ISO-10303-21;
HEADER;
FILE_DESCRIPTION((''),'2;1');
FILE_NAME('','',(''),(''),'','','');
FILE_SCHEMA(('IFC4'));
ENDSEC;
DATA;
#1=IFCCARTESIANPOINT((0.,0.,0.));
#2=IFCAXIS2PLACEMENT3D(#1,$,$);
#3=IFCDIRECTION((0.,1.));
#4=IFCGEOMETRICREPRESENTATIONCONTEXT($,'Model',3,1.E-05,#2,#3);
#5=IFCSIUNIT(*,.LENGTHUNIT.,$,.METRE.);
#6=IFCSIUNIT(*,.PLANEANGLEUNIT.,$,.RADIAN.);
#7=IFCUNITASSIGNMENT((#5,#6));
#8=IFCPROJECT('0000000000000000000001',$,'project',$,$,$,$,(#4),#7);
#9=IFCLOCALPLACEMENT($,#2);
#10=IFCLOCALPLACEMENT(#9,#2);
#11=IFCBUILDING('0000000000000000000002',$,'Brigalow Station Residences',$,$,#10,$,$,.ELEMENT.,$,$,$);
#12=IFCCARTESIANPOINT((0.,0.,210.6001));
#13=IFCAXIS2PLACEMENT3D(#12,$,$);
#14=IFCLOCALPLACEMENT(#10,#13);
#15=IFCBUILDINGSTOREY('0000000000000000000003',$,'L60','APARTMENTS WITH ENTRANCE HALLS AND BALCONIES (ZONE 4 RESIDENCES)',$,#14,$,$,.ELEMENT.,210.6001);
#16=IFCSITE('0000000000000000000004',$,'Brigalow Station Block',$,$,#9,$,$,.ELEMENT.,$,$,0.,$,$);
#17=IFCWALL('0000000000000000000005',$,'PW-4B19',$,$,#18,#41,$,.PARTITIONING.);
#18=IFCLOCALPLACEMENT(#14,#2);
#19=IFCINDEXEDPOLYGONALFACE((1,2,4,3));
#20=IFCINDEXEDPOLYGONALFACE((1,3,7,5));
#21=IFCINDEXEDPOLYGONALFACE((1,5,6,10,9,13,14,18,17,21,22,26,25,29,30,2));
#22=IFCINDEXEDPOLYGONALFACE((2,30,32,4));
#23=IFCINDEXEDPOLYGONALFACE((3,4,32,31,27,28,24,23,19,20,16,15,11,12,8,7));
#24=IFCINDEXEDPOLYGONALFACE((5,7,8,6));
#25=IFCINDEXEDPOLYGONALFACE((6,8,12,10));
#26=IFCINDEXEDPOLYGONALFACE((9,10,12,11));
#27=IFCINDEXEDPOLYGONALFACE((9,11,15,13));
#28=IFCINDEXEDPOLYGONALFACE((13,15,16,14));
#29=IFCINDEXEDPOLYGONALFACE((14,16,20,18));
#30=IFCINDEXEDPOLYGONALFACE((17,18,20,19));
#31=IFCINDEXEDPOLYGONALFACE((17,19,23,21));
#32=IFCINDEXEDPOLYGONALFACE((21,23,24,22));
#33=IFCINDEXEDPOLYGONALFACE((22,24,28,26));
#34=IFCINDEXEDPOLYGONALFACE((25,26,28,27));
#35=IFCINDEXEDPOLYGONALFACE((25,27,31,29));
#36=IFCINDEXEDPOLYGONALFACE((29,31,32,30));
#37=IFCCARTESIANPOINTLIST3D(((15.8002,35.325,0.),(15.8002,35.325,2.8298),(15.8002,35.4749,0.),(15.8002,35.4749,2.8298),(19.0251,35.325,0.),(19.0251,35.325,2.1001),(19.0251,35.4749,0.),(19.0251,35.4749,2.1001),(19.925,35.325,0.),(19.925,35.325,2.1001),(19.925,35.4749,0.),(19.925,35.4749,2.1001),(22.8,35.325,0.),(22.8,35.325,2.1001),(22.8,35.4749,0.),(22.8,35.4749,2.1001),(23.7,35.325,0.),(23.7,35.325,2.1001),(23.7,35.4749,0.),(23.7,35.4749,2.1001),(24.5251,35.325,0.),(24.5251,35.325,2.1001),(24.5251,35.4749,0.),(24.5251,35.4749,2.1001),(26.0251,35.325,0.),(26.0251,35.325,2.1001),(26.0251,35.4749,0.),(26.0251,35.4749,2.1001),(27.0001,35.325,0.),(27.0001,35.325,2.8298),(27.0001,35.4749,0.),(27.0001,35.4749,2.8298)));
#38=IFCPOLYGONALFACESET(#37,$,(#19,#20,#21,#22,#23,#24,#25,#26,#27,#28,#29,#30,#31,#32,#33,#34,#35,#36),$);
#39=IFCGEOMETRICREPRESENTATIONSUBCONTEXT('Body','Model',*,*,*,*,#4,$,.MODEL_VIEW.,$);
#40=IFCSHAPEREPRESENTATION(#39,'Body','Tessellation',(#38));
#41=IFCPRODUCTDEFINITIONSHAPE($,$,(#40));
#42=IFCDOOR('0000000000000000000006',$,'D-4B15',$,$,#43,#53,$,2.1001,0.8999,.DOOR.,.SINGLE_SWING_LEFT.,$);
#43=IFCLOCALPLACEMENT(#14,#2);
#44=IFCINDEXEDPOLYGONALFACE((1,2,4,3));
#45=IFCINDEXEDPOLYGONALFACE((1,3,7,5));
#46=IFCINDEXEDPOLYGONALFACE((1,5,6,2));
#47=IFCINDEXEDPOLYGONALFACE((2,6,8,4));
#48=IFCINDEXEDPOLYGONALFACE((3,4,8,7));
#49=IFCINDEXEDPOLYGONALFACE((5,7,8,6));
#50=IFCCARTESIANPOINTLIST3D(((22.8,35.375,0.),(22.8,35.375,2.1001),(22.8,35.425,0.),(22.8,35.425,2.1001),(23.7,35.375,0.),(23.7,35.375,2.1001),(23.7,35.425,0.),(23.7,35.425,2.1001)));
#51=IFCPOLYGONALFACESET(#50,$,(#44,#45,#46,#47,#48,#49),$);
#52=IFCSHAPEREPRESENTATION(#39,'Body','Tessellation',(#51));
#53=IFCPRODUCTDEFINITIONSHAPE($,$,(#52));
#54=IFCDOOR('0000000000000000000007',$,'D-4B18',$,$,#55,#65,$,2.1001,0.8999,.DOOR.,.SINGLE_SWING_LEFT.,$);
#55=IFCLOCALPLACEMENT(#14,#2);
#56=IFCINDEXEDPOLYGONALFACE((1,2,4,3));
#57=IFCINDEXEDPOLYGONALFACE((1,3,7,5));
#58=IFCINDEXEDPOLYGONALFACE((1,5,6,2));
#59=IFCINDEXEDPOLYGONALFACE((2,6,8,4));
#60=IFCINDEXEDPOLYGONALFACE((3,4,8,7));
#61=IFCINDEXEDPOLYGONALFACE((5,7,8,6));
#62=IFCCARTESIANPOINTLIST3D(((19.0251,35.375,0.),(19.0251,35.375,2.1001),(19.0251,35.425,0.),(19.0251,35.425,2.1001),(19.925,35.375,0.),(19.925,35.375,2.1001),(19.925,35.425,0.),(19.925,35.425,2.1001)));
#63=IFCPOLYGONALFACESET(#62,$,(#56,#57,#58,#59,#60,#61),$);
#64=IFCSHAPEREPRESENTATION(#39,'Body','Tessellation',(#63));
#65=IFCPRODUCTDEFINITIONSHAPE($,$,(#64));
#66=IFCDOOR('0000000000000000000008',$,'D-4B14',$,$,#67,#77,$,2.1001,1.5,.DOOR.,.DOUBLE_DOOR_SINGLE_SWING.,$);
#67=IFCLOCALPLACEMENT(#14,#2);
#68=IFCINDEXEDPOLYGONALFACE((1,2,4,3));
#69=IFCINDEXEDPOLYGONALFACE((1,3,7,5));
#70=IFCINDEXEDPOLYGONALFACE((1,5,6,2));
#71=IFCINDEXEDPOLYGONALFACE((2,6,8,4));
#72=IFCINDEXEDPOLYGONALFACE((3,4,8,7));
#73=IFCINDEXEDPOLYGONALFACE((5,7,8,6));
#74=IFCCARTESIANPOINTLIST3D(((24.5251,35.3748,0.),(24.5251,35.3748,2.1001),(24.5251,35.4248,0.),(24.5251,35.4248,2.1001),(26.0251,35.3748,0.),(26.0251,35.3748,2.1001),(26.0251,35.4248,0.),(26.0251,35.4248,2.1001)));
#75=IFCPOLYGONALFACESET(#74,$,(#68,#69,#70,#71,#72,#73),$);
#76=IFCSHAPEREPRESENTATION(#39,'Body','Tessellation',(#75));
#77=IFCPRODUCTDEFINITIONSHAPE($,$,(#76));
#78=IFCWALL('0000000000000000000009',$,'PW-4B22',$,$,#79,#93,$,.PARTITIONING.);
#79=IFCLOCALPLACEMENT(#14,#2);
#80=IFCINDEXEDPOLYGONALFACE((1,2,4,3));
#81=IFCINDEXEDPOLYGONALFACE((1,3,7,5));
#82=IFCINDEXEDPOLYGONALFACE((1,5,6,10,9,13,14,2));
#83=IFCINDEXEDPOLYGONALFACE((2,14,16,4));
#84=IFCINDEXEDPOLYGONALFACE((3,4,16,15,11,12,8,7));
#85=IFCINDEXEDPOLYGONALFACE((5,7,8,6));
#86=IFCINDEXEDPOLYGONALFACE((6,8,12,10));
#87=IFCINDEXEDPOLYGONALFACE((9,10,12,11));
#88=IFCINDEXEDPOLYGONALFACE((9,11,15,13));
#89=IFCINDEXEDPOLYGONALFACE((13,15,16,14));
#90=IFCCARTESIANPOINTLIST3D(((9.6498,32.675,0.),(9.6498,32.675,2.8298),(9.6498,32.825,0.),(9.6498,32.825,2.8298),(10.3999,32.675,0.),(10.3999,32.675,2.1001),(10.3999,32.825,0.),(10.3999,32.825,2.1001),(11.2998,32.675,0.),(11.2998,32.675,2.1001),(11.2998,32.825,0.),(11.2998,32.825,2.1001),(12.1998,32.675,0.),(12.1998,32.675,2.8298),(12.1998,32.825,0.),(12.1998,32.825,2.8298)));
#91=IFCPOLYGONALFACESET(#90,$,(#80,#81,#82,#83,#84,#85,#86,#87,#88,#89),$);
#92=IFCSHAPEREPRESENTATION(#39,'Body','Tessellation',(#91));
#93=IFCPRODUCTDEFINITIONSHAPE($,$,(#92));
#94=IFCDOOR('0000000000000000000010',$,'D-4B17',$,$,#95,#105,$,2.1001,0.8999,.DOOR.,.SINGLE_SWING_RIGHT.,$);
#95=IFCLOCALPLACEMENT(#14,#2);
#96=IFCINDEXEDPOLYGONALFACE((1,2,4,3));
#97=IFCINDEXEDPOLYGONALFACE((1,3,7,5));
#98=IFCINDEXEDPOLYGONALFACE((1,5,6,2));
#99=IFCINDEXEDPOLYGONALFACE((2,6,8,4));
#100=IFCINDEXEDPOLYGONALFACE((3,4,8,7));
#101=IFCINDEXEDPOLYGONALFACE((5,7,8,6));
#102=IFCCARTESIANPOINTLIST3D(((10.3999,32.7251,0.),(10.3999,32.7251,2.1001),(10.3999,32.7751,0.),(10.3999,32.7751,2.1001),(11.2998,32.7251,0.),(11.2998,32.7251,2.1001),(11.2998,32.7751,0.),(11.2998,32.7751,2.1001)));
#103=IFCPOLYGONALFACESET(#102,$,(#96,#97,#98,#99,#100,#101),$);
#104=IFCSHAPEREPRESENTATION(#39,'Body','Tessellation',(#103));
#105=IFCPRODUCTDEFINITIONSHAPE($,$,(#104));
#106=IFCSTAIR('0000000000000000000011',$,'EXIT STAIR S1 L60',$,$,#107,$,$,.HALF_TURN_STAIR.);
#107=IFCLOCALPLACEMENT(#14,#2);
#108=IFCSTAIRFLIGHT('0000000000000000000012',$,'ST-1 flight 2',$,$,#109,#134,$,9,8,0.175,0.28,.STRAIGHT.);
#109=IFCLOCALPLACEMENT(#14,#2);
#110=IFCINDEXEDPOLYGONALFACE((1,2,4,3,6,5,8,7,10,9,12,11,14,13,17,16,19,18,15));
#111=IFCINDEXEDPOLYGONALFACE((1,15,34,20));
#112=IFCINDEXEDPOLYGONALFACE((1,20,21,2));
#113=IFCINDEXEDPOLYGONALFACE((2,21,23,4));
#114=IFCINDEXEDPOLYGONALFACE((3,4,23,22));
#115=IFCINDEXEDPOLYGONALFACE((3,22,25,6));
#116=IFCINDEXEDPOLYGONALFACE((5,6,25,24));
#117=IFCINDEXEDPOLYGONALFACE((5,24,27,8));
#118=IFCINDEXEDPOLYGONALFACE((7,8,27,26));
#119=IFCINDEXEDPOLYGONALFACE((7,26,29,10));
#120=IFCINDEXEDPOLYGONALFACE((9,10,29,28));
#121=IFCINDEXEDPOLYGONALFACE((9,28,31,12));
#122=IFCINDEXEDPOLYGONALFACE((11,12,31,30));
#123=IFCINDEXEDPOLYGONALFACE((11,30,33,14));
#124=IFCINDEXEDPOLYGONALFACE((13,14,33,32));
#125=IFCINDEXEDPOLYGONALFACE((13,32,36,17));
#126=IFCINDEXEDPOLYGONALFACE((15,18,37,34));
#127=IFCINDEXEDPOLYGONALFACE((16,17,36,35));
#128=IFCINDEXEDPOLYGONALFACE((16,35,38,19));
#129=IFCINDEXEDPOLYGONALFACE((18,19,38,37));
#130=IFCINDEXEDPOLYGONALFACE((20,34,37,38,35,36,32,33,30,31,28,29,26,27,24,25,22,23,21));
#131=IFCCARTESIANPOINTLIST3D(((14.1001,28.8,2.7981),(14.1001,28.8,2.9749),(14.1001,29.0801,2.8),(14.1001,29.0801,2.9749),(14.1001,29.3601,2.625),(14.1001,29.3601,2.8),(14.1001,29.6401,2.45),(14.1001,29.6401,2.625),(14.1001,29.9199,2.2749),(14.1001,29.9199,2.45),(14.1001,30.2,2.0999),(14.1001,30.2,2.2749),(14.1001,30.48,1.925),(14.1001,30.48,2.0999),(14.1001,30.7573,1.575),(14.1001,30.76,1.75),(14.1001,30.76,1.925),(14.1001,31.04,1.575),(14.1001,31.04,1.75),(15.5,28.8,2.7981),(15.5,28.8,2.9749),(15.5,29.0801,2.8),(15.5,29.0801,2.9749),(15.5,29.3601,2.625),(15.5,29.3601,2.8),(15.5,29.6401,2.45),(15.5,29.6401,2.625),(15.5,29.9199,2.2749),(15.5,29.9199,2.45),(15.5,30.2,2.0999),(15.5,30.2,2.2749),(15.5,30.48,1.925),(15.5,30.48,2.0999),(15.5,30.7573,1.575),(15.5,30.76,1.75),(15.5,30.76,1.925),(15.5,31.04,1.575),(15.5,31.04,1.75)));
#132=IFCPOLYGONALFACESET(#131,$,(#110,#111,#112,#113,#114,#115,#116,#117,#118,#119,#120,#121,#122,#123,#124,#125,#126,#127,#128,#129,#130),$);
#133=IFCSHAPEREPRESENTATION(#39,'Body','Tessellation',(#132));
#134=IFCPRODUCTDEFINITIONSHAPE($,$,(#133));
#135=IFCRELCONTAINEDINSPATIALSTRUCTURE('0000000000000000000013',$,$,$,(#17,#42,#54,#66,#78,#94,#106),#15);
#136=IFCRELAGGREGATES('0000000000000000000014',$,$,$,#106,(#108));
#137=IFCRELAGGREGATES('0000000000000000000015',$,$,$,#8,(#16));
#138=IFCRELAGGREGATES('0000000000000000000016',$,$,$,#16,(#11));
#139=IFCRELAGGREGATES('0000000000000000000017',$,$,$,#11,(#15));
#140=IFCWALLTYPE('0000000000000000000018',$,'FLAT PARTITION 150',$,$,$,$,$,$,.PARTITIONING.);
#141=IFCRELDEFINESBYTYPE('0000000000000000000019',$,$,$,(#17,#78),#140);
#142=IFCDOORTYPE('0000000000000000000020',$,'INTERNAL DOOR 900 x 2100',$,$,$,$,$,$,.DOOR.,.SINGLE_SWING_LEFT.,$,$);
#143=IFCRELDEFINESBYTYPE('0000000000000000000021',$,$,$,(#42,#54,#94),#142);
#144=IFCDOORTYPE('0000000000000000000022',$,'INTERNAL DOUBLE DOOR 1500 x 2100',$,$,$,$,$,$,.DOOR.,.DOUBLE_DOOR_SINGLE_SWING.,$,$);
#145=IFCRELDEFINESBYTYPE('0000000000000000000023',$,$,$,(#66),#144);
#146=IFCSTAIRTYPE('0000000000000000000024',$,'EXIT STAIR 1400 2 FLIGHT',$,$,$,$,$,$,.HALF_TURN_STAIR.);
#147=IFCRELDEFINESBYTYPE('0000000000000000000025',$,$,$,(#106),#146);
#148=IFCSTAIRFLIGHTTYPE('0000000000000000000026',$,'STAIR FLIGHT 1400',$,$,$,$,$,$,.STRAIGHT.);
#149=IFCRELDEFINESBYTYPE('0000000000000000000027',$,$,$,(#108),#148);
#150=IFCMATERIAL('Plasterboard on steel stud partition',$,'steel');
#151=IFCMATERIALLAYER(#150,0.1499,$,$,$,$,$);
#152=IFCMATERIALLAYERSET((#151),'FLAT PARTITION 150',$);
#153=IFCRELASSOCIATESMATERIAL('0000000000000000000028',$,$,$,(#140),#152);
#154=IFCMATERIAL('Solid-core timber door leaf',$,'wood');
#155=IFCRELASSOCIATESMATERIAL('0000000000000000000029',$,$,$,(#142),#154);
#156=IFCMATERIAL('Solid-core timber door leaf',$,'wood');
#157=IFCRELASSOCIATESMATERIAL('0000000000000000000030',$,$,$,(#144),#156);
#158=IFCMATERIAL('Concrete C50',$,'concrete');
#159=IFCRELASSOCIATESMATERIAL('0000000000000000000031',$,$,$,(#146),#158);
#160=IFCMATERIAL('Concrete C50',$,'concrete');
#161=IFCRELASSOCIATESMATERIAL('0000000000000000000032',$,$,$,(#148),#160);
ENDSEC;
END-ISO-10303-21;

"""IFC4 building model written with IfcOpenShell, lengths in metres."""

from ifc_helpers import new_model, si_unit, direction, frame, frame_2d, origin, place, context, subcontext, project, spatial, polyline, rectangle, outline, extrude, material, layer, layer_set, type_object, element, fill, aggregate, save


model = new_model("IFC4")

# Units and contexts
model_context = context("Model", 3, precision=1e-05, world=origin(), true_north=direction((0.0, 1.0)))
body_context = subcontext(model_context, "Body", "Model", "MODEL_VIEW")
ifc_project = project(units=[si_unit("LENGTHUNIT", "METRE"), si_unit("PLANEANGLEUNIT", "RADIAN")], contexts=[model_context])

# Site, building, storey
site_placement = place(None, origin())
site = spatial("IfcSite", under=ifc_project, at=site_placement, Name="Brigalow Station Block", CompositionType="ELEMENT", RefElevation=0.0)
building_placement = place(site_placement, origin())
building = spatial("IfcBuilding", under=site, at=building_placement, Name="Brigalow Station Residences", CompositionType="ELEMENT")
storey_placement = place(building_placement, frame((0.0, 0.0, 210.6001)))
storey = spatial("IfcBuildingStorey", under=building, at=storey_placement, Name="L60", Description="APARTMENTS WITH ENTRANCE HALLS AND BALCONIES (ZONE 4 RESIDENCES)", CompositionType="ELEMENT", Elevation=210.6001)

# Wall, openings, doors
ifc_material_1 = material(Name="Plasterboard on steel stud partition", Category="steel")
ifc_layer_1 = layer(ifc_material_1, 0.1499)
ifc_layer_set_1 = layer_set([ifc_layer_1], Name="FLAT PARTITION 150")
wall_type_1 = type_object("IfcWallType", Name="FLAT PARTITION 150", PredefinedType="PARTITIONING", material=ifc_layer_set_1)
wall_1_placement = place(storey_placement, frame((15.8, 35.3999, 0.0), z_axis=(0.0, 0.0, 1.0), x_axis=(1.0, 0.0, 0.0)))
wall_1 = element("IfcWall", 1, at=wall_1_placement, inside=storey, type_object=wall_type_1, Name="PW-4B19", PredefinedType="PARTITIONING", context=body_context, shape_type="SweptSolid", body=[
    extrude(rectangle(XDim=11.2, YDim=0.1499, at=frame_2d((5.6001, 0.0))), origin(), (0.0, 0.0, 1.0), 2.8298),
])
opening_1_placement = place(wall_1_placement, frame((8.7251, 0.0, 0.0)))
opening_1 = element("IfcOpeningElement", 2, at=opening_1_placement, cuts=wall_1, PredefinedType="OPENING", context=body_context, shape_type="SweptSolid", body=[
    extrude(rectangle(XDim=1.5, YDim=2.1001, at=frame_2d((0.75, 1.05))), frame((0.0, 0.085, 0.0), z_axis=(0.0, -1.0, 0.0), x_axis=(1.0, 0.0, 0.0)), (0.0, 0.0, 1.0), 0.1699),
])
opening_2_placement = place(wall_1_placement, frame((7.0, 0.0, 0.0)))
opening_2 = element("IfcOpeningElement", 3, at=opening_2_placement, cuts=wall_1, PredefinedType="OPENING", context=body_context, shape_type="SweptSolid", body=[
    extrude(rectangle(XDim=0.8999, YDim=2.1001, at=frame_2d((0.45, 1.05))), frame((0.0, 0.085, 0.0), z_axis=(0.0, -1.0, 0.0), x_axis=(1.0, 0.0, 0.0)), (0.0, 0.0, 1.0), 0.1699),
])
opening_3_placement = place(wall_1_placement, frame((3.2251, 0.0, 0.0)))
opening_3 = element("IfcOpeningElement", 4, at=opening_3_placement, cuts=wall_1, PredefinedType="OPENING", context=body_context, shape_type="SweptSolid", body=[
    extrude(rectangle(XDim=0.8999, YDim=2.1001, at=frame_2d((0.45, 1.05))), frame((0.0, 0.085, 0.0), z_axis=(0.0, -1.0, 0.0), x_axis=(1.0, 0.0, 0.0)), (0.0, 0.0, 1.0), 0.1699),
])
ifc_material_2 = material(Name="Solid-core timber door leaf", Category="wood")
door_type_1 = type_object("IfcDoorType", Name="INTERNAL DOOR 900 x 2100", OperationType="SINGLE_SWING_LEFT", PredefinedType="DOOR", material=ifc_material_2)
door_1_placement = place(opening_2_placement, frame((0.8999, 0.0, 0.0), z_axis=(0.0, 0.0, 1.0), x_axis=(-1.0, 0.0, 0.0)))
door_1 = element("IfcDoor", 5, at=door_1_placement, inside=storey, type_object=door_type_1, Name="D-4B15", OperationType="SINGLE_SWING_LEFT", OverallHeight=2.1001, OverallWidth=0.8999, PredefinedType="DOOR", context=body_context, shape_type="SweptSolid", body=[
    extrude(rectangle(XDim=0.8999, YDim=2.1001, at=frame_2d((0.45, 1.05))), frame((0.0, 0.0249, 0.0), z_axis=(0.0, -1.0, 0.0), x_axis=(1.0, 0.0, 0.0)), (0.0, 0.0, 1.0), 0.05),
])
fill(opening_2, door_1)
door_2_placement = place(opening_3_placement, frame((0.8999, 0.0, 0.0), z_axis=(0.0, 0.0, 1.0), x_axis=(-1.0, 0.0, 0.0)))
door_2 = element("IfcDoor", 6, at=door_2_placement, inside=storey, type_object=door_type_1, Name="D-4B18", OperationType="SINGLE_SWING_LEFT", OverallHeight=2.1001, OverallWidth=0.8999, PredefinedType="DOOR", context=body_context, shape_type="SweptSolid", body=[
    extrude(rectangle(XDim=0.8999, YDim=2.1001, at=frame_2d((0.45, 1.05))), frame((0.0, 0.0249, 0.0), z_axis=(0.0, -1.0, 0.0), x_axis=(1.0, 0.0, 0.0)), (0.0, 0.0, 1.0), 0.05),
])
fill(opening_3, door_2)
ifc_material_3 = material(Name="Solid-core timber door leaf", Category="wood")
door_type_2 = type_object("IfcDoorType", Name="INTERNAL DOUBLE DOOR 1500 x 2100", OperationType="DOUBLE_DOOR_SINGLE_SWING", PredefinedType="DOOR", material=ifc_material_3)
door_3_placement = place(opening_1_placement, origin())
door_3 = element("IfcDoor", 7, at=door_3_placement, inside=storey, type_object=door_type_2, Name="D-4B14", OperationType="DOUBLE_DOOR_SINGLE_SWING", OverallHeight=2.1001, OverallWidth=1.5, PredefinedType="DOOR", context=body_context, shape_type="SweptSolid", body=[
    extrude(rectangle(XDim=1.5, YDim=2.1001, at=frame_2d((0.75, 1.05))), frame((0.0, 0.0249, 0.0), z_axis=(0.0, -1.0, 0.0), x_axis=(1.0, 0.0, 0.0)), (0.0, 0.0, 1.0), 0.05),
])
fill(opening_1, door_3)

# Wall, opening, door
wall_2_placement = place(storey_placement, frame((9.6499, 32.75, 0.0), z_axis=(0.0, 0.0, 1.0), x_axis=(1.0, 0.0, 0.0)))
wall_2 = element("IfcWall", 8, at=wall_2_placement, inside=storey, type_object=wall_type_1, Name="PW-4B22", PredefinedType="PARTITIONING", context=body_context, shape_type="SweptSolid", body=[
    extrude(rectangle(XDim=2.55, YDim=0.1499, at=frame_2d((1.2749, 0.0))), origin(), (0.0, 0.0, 1.0), 2.8298),
])
opening_4_placement = place(wall_2_placement, frame((0.75, 0.0, 0.0)))
opening_4 = element("IfcOpeningElement", 9, at=opening_4_placement, cuts=wall_2, PredefinedType="OPENING", context=body_context, shape_type="SweptSolid", body=[
    extrude(rectangle(XDim=0.8999, YDim=2.1001, at=frame_2d((0.45, 1.05))), frame((0.0, 0.085, 0.0), z_axis=(0.0, -1.0, 0.0), x_axis=(1.0, 0.0, 0.0)), (0.0, 0.0, 1.0), 0.1699),
])
door_4_placement = place(opening_4_placement, frame((0.8999, 0.0, 0.0), z_axis=(0.0, 0.0, 1.0), x_axis=(-1.0, 0.0, 0.0)))
door_4 = element("IfcDoor", 10, at=door_4_placement, inside=storey, type_object=door_type_1, Name="D-4B17", OperationType="SINGLE_SWING_RIGHT", OverallHeight=2.1001, OverallWidth=0.8999, PredefinedType="DOOR", context=body_context, shape_type="SweptSolid", body=[
    extrude(rectangle(XDim=0.8999, YDim=2.1001, at=frame_2d((0.45, 1.05))), frame((0.0, 0.0249, 0.0), z_axis=(0.0, -1.0, 0.0), x_axis=(1.0, 0.0, 0.0)), (0.0, 0.0, 1.0), 0.05),
])
fill(opening_4, door_4)

# Stair, stair flight
ifc_material_4 = material(Name="Concrete C50", Category="concrete")
stair_type = type_object("IfcStairType", Name="EXIT STAIR 1400 2 FLIGHT", PredefinedType="HALF_TURN_STAIR", material=ifc_material_4)
stair_placement = place(storey_placement, origin())
stair = element("IfcStair", 11, at=stair_placement, inside=storey, type_object=stair_type, Name="EXIT STAIR S1 L60", PredefinedType="HALF_TURN_STAIR")
ifc_material_5 = material(Name="Concrete C50", Category="concrete")
stair_flight_type = type_object("IfcStairFlightType", Name="STAIR FLIGHT 1400", PredefinedType="STRAIGHT", material=ifc_material_5)
stair_flight_placement = place(storey_placement, frame((14.8, 31.04, 1.575), z_axis=(0.0, 0.0, 1.0), x_axis=(0.0, -1.0, 0.0)))
stair_flight = element("IfcStairFlight", 12, at=stair_flight_placement, type_object=stair_flight_type, Name="ST-1 flight 2", NumberOfRisers=9, NumberOfTreads=8, PredefinedType="STRAIGHT", RiserHeight=0.175, TreadLength=0.28, context=body_context, shape_type="SweptSolid", body=[
    extrude(outline(polyline([(0.0, 0.0), (0.0, 0.175), (0.28, 0.175), (0.28, 0.3501), (0.5601, 0.3501), (0.5601, 0.5249), (0.8401, 0.5249), (0.8401, 0.7), (1.1201, 0.7), (1.1201, 0.875), (1.3999, 0.875), (1.3999, 1.05), (1.6799, 1.05), (1.6799, 1.2251), (1.96, 1.2251), (1.96, 1.3999), (2.24, 1.3999), (2.24, 1.575), (2.24, 1.2231), (0.2827, 0.0), (0.0, 0.0)])), frame((0.0, 0.7, 0.0), z_axis=(0.0, -1.0, 0.0), x_axis=(1.0, 0.0, 0.0)), (0.0, 0.0, 1.0), 1.3999),
])
aggregate(stair, [stair_flight])

save(model, "model.ifc")
